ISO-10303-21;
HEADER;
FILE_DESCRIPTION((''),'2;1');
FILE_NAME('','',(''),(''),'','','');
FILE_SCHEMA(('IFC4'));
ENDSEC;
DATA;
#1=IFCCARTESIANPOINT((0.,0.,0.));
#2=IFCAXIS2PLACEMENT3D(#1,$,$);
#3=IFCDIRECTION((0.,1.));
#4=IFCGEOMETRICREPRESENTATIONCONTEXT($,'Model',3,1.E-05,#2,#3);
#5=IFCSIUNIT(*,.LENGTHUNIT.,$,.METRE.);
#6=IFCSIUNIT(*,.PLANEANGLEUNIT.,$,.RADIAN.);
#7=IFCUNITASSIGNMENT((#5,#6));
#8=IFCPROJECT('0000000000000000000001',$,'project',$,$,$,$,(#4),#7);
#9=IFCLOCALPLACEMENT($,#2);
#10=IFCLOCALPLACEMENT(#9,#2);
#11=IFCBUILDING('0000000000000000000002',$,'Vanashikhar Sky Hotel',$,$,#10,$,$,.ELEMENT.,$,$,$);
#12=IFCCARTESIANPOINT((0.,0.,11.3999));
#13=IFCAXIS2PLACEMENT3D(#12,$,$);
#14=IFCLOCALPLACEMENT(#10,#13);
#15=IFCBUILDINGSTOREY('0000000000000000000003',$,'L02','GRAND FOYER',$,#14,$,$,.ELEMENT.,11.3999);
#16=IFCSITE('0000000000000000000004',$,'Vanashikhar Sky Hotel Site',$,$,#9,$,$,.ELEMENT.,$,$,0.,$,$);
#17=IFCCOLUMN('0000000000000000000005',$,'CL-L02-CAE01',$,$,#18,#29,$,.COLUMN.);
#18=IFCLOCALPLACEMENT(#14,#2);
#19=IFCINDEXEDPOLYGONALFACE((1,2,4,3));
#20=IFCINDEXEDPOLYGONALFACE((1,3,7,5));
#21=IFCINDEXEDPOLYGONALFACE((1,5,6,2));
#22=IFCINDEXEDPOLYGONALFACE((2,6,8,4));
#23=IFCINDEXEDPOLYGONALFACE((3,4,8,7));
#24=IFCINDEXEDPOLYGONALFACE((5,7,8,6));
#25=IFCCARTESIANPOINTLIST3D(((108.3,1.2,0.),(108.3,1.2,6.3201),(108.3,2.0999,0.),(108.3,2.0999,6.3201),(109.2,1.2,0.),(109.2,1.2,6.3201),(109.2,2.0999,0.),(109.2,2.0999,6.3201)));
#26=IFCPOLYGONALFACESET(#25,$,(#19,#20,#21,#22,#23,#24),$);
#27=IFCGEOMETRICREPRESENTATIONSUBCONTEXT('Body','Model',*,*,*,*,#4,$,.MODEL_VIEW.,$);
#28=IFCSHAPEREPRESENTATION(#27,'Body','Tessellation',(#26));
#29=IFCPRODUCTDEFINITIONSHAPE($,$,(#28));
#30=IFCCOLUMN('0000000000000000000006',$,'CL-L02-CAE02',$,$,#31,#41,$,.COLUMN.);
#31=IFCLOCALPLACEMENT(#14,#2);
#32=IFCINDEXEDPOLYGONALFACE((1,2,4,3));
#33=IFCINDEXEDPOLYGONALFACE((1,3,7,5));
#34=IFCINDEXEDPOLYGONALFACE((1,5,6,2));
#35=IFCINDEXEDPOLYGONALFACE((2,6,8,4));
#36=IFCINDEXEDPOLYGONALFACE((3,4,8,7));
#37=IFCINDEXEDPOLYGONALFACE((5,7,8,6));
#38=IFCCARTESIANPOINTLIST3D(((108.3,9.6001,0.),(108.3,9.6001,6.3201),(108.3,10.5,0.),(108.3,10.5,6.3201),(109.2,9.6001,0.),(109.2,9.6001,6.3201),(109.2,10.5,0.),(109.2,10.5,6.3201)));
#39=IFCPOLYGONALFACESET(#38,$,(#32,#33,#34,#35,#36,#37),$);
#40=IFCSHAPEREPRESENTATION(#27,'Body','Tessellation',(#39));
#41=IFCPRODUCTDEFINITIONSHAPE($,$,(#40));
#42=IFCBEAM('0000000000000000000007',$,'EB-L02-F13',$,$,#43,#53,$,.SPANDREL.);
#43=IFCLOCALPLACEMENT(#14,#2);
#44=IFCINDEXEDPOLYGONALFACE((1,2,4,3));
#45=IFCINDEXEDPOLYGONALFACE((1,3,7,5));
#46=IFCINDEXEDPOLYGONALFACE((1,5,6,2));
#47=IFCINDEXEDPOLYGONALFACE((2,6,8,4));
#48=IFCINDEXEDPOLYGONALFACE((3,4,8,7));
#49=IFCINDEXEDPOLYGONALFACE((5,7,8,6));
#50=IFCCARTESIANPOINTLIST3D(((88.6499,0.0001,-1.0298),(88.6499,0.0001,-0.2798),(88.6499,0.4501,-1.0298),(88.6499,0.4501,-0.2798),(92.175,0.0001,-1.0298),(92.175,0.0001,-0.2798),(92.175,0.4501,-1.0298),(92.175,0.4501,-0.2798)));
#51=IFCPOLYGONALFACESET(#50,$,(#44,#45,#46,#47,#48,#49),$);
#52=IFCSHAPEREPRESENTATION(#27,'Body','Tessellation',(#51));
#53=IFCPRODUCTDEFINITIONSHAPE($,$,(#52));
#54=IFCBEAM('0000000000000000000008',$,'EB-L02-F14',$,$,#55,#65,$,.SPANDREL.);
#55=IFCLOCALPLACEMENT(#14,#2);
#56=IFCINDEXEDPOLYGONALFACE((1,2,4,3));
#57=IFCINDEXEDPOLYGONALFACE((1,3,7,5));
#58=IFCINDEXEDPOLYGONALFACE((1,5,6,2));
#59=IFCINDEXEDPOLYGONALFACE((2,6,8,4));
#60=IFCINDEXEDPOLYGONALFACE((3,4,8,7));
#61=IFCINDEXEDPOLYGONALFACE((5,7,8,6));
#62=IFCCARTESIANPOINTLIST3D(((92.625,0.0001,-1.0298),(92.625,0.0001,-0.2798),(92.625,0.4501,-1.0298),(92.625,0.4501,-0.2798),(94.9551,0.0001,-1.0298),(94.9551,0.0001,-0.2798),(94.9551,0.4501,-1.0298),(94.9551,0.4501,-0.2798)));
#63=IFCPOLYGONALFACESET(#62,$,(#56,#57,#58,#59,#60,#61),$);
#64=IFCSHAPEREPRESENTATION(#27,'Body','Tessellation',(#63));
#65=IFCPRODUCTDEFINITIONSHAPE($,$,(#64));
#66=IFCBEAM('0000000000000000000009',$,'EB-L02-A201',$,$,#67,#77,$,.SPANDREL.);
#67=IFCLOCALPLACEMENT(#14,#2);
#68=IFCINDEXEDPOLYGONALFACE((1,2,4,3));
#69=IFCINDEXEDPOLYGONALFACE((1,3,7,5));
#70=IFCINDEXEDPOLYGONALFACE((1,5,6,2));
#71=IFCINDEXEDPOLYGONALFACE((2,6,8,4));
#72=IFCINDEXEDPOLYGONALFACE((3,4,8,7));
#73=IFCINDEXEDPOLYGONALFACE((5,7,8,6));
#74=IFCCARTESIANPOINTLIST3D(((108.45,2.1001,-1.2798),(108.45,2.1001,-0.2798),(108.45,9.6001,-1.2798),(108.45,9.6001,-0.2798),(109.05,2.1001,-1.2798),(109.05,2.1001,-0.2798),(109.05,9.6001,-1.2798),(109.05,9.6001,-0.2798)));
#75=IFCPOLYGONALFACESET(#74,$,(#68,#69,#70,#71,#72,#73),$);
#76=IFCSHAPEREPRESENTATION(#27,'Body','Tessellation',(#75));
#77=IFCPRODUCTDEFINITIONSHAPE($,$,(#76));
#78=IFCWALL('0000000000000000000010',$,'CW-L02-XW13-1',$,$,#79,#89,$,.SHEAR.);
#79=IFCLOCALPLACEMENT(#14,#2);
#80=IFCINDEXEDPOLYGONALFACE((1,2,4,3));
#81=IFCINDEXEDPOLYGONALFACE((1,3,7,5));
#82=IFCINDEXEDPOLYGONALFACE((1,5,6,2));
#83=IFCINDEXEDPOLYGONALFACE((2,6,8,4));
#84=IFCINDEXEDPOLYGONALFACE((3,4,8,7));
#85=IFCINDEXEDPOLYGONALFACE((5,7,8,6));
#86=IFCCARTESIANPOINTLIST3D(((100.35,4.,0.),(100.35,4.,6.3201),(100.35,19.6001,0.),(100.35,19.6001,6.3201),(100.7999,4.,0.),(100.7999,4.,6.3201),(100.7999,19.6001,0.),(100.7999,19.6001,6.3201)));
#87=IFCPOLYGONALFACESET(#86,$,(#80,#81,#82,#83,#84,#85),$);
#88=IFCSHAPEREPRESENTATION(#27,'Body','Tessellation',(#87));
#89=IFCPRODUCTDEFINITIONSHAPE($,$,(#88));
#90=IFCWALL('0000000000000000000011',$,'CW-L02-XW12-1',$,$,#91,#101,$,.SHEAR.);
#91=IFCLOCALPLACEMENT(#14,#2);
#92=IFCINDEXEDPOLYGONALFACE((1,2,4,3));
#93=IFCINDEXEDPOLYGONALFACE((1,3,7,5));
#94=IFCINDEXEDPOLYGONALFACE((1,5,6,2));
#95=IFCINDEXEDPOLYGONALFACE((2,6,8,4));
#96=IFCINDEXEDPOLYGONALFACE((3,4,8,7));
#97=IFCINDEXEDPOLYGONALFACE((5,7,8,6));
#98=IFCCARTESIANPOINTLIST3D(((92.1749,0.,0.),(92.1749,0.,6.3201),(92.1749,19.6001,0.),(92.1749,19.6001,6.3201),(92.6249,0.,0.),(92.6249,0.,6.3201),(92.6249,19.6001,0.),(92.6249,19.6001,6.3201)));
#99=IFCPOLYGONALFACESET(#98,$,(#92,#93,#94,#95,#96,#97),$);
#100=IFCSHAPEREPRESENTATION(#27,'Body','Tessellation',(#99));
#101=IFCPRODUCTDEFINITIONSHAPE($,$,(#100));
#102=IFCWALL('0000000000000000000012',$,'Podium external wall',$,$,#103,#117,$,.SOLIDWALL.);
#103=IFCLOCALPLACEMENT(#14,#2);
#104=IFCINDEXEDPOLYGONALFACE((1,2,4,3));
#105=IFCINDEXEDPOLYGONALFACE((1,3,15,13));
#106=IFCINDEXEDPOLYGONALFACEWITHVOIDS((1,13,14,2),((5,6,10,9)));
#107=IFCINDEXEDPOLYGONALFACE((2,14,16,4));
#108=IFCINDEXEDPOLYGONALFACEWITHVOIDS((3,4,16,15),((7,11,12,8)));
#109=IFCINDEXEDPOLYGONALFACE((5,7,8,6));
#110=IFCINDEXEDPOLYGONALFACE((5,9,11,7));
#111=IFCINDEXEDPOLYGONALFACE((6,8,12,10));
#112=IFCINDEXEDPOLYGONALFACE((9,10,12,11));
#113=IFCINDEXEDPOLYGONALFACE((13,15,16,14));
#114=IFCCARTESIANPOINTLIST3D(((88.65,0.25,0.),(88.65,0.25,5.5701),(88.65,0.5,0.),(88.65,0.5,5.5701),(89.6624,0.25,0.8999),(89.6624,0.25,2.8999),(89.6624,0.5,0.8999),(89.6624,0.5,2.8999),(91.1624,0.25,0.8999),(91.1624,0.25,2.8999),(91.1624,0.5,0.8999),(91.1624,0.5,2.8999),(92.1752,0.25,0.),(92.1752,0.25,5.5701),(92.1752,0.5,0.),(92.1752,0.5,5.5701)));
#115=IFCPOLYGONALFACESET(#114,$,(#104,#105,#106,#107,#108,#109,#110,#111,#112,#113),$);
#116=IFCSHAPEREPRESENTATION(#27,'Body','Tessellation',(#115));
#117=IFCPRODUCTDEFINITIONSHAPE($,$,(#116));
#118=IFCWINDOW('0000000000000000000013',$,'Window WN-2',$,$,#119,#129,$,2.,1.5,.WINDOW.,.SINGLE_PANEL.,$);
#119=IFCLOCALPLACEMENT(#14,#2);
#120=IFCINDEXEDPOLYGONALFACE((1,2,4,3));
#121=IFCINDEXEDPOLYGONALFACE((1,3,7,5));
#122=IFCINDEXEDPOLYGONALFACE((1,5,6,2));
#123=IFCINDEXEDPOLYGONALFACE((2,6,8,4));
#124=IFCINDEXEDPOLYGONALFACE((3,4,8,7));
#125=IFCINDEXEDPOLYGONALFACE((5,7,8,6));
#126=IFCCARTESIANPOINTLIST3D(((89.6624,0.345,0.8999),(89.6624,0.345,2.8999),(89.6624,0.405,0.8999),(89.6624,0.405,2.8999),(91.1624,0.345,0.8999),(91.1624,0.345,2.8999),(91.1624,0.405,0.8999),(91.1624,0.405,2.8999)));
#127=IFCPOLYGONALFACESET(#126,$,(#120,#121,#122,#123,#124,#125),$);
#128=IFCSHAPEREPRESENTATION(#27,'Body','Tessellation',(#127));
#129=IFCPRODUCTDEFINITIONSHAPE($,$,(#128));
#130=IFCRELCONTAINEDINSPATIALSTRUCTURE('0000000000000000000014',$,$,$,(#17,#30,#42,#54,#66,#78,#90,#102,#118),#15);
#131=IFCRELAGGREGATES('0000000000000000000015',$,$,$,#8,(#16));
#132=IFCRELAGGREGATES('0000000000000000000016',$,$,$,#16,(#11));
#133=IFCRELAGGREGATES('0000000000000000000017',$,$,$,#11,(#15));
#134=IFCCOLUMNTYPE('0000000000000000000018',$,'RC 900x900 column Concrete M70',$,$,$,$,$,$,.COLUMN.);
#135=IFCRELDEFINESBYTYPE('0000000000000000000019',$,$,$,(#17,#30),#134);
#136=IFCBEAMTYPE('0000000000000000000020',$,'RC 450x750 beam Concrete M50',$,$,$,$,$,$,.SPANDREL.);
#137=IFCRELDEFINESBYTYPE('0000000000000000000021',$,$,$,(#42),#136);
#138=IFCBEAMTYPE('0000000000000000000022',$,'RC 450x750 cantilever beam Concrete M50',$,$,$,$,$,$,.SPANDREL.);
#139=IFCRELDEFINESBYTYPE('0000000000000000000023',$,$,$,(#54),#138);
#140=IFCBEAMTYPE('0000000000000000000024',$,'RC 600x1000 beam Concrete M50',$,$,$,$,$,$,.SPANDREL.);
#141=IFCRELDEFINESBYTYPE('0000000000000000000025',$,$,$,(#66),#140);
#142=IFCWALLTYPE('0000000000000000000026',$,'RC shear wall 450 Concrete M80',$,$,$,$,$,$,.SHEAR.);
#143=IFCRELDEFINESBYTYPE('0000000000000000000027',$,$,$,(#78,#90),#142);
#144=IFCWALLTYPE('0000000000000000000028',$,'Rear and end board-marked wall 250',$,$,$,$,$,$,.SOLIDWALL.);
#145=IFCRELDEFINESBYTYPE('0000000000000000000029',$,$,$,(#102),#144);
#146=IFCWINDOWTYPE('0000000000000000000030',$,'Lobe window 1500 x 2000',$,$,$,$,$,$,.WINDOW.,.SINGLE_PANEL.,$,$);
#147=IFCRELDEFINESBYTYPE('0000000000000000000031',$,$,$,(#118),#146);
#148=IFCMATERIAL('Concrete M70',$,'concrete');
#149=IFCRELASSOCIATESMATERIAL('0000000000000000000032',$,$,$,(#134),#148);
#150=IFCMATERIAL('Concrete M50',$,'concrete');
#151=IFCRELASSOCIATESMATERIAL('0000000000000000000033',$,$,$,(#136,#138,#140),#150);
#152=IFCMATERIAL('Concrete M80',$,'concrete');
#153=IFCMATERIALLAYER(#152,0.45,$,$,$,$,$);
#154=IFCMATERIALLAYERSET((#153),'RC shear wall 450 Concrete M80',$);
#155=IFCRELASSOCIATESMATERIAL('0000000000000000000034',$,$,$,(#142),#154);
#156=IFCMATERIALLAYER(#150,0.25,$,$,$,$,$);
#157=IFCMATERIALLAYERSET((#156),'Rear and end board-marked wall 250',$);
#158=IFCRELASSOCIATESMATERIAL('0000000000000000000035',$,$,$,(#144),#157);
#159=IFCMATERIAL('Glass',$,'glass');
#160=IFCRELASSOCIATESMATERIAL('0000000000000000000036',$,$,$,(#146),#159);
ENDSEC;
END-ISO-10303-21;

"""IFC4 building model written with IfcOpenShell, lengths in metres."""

from ifc_helpers import new_model, si_unit, direction, frame, frame_2d, origin, origin_2d, place, context, subcontext, project, spatial, rectangle, extrude, source, transform, mapped, material, layer, layer_set, material_profile, profile_set, type_object, element, fill, save


model = new_model("IFC4")

# Units and contexts
model_context = context("Model", 3, precision=1e-05, world=origin(), true_north=direction((0.0, 1.0)))
body_context = subcontext(model_context, "Body", "Model", "MODEL_VIEW")
ifc_project = project(units=[si_unit("LENGTHUNIT", "METRE"), si_unit("PLANEANGLEUNIT", "RADIAN")], contexts=[model_context])

# Site, building, storey
site_placement = place(None, origin())
site = spatial("IfcSite", under=ifc_project, at=site_placement, Name="Vanashikhar Sky Hotel Site", CompositionType="ELEMENT", RefElevation=0.0)
building_placement = place(site_placement, origin())
building = spatial("IfcBuilding", under=site, at=building_placement, Name="Vanashikhar Sky Hotel", CompositionType="ELEMENT")
storey_placement = place(building_placement, frame((0.0, 0.0, 11.3999)))
storey = spatial("IfcBuildingStorey", under=building, at=storey_placement, Name="L02", Description="GRAND FOYER", CompositionType="ELEMENT", Elevation=11.3999)

# Columns
ifc_material_1 = material(Name="Concrete M70", Category="concrete")
ifc_material_profile_1 = material_profile(ifc_material_1, rectangle(XDim=0.8999, YDim=0.8999, at=origin_2d()))
ifc_profile_set_1 = profile_set([ifc_material_profile_1], Name="RC 900x900 column Concrete M70")
column_type = type_object("IfcColumnType", Name="RC 900x900 column Concrete M70", PredefinedType="COLUMN", material=ifc_profile_set_1)
shared_shape_1 = source(origin(), body_context, "Body", "SweptSolid", [
    extrude(rectangle(XDim=0.8999, YDim=0.8999, at=origin_2d()), origin(), (0.0, 0.0, 1.0), 6.3201),
])
for number, where, z_axis, x_axis, name in (
    (1, (108.75, 1.6499, 0.0), (0.0, 0.0, 1.0), (1.0, 0.0, 0.0), "CL-L02-CAE01"),
    (2, (108.75, 10.05, 0.0), (0.0, 0.0, 1.0), (1.0, 0.0, 0.0), "CL-L02-CAE02"),
):
    element("IfcColumn", number, at=place(storey_placement, frame(where, z_axis=z_axis, x_axis=x_axis)), inside=storey, type_object=column_type, Name=name, PredefinedType="COLUMN", context=body_context, shape_type="MappedRepresentation", body=[
        mapped(shared_shape_1, transform((0.0, 0.0, 0.0), scale=1.0)),
    ])

# Beams
ifc_material_2 = material(Name="Concrete M50", Category="concrete")
ifc_material_profile_2 = material_profile(ifc_material_2, rectangle(XDim=0.45, YDim=0.75, at=origin_2d()))
ifc_profile_set_2 = profile_set([ifc_material_profile_2], Name="RC 450x750 beam Concrete M50")
beam_type_1 = type_object("IfcBeamType", Name="RC 450x750 beam Concrete M50", PredefinedType="SPANDREL", material=ifc_profile_set_2)
shared_shape_2 = source(origin(), body_context, "Body", "SweptSolid", [
    extrude(rectangle(XDim=0.45, YDim=0.75, at=origin_2d()), origin(), (0.0, 0.0, 1.0), 3.5251),
])
beam_1_placement = place(storey_placement, frame((88.6499, 0.2251, -0.6548), z_axis=(1.0, 0.0, 0.0), x_axis=(0.0, 1.0, 0.0)))
element("IfcBeam", 3, at=beam_1_placement, inside=storey, type_object=beam_type_1, Name="EB-L02-F13", PredefinedType="SPANDREL", context=body_context, shape_type="MappedRepresentation", body=[
    mapped(shared_shape_2, transform((0.0, 0.0, 0.0), scale=1.0)),
])
ifc_material_profile_3 = material_profile(ifc_material_2, rectangle(XDim=0.45, YDim=0.75, at=origin_2d()))
ifc_profile_set_3 = profile_set([ifc_material_profile_3], Name="RC 450x750 cantilever beam Concrete M50")
beam_type_2 = type_object("IfcBeamType", Name="RC 450x750 cantilever beam Concrete M50", PredefinedType="SPANDREL", material=ifc_profile_set_3)
shared_shape_3 = source(origin(), body_context, "Body", "SweptSolid", [
    extrude(rectangle(XDim=0.45, YDim=0.75, at=origin_2d()), origin(), (0.0, 0.0, 1.0), 2.3301),
])
beam_2_placement = place(storey_placement, frame((92.625, 0.2251, -0.6548), z_axis=(1.0, 0.0, 0.0), x_axis=(0.0, 1.0, 0.0)))
element("IfcBeam", 4, at=beam_2_placement, inside=storey, type_object=beam_type_2, Name="EB-L02-F14", PredefinedType="SPANDREL", context=body_context, shape_type="MappedRepresentation", body=[
    mapped(shared_shape_3, transform((0.0, 0.0, 0.0), scale=1.0)),
])
ifc_material_profile_4 = material_profile(ifc_material_2, rectangle(XDim=0.6001, YDim=1.0, at=origin_2d()))
ifc_profile_set_4 = profile_set([ifc_material_profile_4], Name="RC 600x1000 beam Concrete M50")
beam_type_3 = type_object("IfcBeamType", Name="RC 600x1000 beam Concrete M50", PredefinedType="SPANDREL", material=ifc_profile_set_4)
shared_shape_4 = source(origin(), body_context, "Body", "SweptSolid", [
    extrude(rectangle(XDim=0.6001, YDim=1.0, at=origin_2d()), origin(), (0.0, 0.0, 1.0), 7.5),
])
beam_3_placement = place(storey_placement, frame((108.75, 2.1001, -0.7798), z_axis=(0.0, 1.0, 0.0), x_axis=(-1.0, 0.0, 0.0)))
element("IfcBeam", 5, at=beam_3_placement, inside=storey, type_object=beam_type_3, Name="EB-L02-A201", PredefinedType="SPANDREL", context=body_context, shape_type="MappedRepresentation", body=[
    mapped(shared_shape_4, transform((0.0, 0.0, 0.0), scale=1.0)),
])

# Walls
ifc_material_3 = material(Name="Concrete M80", Category="concrete")
ifc_layer_1 = layer(ifc_material_3, 0.45)
ifc_layer_set_1 = layer_set([ifc_layer_1], Name="RC shear wall 450 Concrete M80")
wall_type_1 = type_object("IfcWallType", Name="RC shear wall 450 Concrete M80", PredefinedType="SHEAR", material=ifc_layer_set_1)
shared_shape_5 = source(origin(), body_context, "Body", "SweptSolid", [
    extrude(rectangle(XDim=15.6001, YDim=0.45, at=frame_2d((7.8, 0.0))), origin(), (0.0, 0.0, 1.0), 6.3201),
])
wall_1_placement = place(storey_placement, frame((100.575, 4.0, 0.0), z_axis=(0.0, 0.0, 1.0), x_axis=(0.0, 1.0, 0.0)))
element("IfcWall", 6, at=wall_1_placement, inside=storey, type_object=wall_type_1, Name="CW-L02-XW13-1", PredefinedType="SHEAR", context=body_context, shape_type="MappedRepresentation", body=[
    mapped(shared_shape_5, transform((0.0, 0.0, 0.0), scale=1.0)),
])
shared_shape_6 = source(origin(), body_context, "Body", "SweptSolid", [
    extrude(rectangle(XDim=19.6001, YDim=0.45, at=frame_2d((9.8, 0.0))), origin(), (0.0, 0.0, 1.0), 6.3201),
])
wall_2_placement = place(storey_placement, frame((92.3999, 0.0, 0.0), z_axis=(0.0, 0.0, 1.0), x_axis=(0.0, 1.0, 0.0)))
element("IfcWall", 7, at=wall_2_placement, inside=storey, type_object=wall_type_1, Name="CW-L02-XW12-1", PredefinedType="SHEAR", context=body_context, shape_type="MappedRepresentation", body=[
    mapped(shared_shape_6, transform((0.0, 0.0, 0.0), scale=1.0)),
])

# Wall, opening, window
ifc_layer_2 = layer(ifc_material_2, 0.25)
ifc_layer_set_2 = layer_set([ifc_layer_2], Name="Rear and end board-marked wall 250")
wall_type_2 = type_object("IfcWallType", Name="Rear and end board-marked wall 250", PredefinedType="SOLIDWALL", material=ifc_layer_set_2)
shared_shape_7 = source(origin(), body_context, "Body", "SweptSolid", [
    extrude(rectangle(XDim=3.5251, YDim=0.25, at=frame_2d((1.7627, 0.0))), origin(), (0.0, 0.0, 1.0), 5.5701),
])
wall_3_placement = place(storey_placement, frame((88.6499, 0.375, 0.0), z_axis=(0.0, 0.0, 1.0), x_axis=(1.0, 0.0, 0.0)))
wall_3 = element("IfcWall", 8, at=wall_3_placement, inside=storey, type_object=wall_type_2, Name="Podium external wall", PredefinedType="SOLIDWALL", context=body_context, shape_type="MappedRepresentation", body=[
    mapped(shared_shape_7, transform((0.0, 0.0, 0.0), scale=1.0)),
])
shared_shape_8 = source(origin(), body_context, "Body", "SweptSolid", [
    extrude(rectangle(XDim=1.5, YDim=2.0, at=frame_2d((0.75, 1.0))), frame((0.0, 0.135, 0.0), z_axis=(0.0, -1.0, 0.0), x_axis=(1.0, 0.0, 0.0)), (0.0, 0.0, 1.0), 0.27),
])
opening_1_placement = place(wall_3_placement, frame((1.0125, 0.0, 0.8999)))
opening_1 = element("IfcOpeningElement", 9, at=opening_1_placement, cuts=wall_3, PredefinedType="OPENING", context=body_context, shape_type="MappedRepresentation", body=[
    mapped(shared_shape_8, transform((0.0, 0.0, 0.0), scale=1.0)),
])
ifc_material_4 = material(Name="Glass", Category="glass")
window_type = type_object("IfcWindowType", Name="Lobe window 1500 x 2000", PartitioningType="SINGLE_PANEL", PredefinedType="WINDOW", material=ifc_material_4)
shared_shape_9 = source(origin(), body_context, "Body", "SweptSolid", [
    extrude(rectangle(XDim=1.5, YDim=2.0, at=frame_2d((0.75, 1.0))), frame((0.0, 0.03, 0.0), z_axis=(0.0, -1.0, 0.0), x_axis=(1.0, 0.0, 0.0)), (0.0, 0.0, 1.0), 0.0601),
])
window_1_placement = place(opening_1_placement, origin())
window_1 = element("IfcWindow", 10, at=window_1_placement, inside=storey, type_object=window_type, Name="Window WN-2", OverallHeight=2.0, OverallWidth=1.5, PartitioningType="SINGLE_PANEL", PredefinedType="WINDOW", context=body_context, shape_type="MappedRepresentation", body=[
    mapped(shared_shape_9, transform((0.0, 0.0, 0.0), scale=1.0)),
])
fill(opening_1, window_1)

save(model, "model.ifc")
